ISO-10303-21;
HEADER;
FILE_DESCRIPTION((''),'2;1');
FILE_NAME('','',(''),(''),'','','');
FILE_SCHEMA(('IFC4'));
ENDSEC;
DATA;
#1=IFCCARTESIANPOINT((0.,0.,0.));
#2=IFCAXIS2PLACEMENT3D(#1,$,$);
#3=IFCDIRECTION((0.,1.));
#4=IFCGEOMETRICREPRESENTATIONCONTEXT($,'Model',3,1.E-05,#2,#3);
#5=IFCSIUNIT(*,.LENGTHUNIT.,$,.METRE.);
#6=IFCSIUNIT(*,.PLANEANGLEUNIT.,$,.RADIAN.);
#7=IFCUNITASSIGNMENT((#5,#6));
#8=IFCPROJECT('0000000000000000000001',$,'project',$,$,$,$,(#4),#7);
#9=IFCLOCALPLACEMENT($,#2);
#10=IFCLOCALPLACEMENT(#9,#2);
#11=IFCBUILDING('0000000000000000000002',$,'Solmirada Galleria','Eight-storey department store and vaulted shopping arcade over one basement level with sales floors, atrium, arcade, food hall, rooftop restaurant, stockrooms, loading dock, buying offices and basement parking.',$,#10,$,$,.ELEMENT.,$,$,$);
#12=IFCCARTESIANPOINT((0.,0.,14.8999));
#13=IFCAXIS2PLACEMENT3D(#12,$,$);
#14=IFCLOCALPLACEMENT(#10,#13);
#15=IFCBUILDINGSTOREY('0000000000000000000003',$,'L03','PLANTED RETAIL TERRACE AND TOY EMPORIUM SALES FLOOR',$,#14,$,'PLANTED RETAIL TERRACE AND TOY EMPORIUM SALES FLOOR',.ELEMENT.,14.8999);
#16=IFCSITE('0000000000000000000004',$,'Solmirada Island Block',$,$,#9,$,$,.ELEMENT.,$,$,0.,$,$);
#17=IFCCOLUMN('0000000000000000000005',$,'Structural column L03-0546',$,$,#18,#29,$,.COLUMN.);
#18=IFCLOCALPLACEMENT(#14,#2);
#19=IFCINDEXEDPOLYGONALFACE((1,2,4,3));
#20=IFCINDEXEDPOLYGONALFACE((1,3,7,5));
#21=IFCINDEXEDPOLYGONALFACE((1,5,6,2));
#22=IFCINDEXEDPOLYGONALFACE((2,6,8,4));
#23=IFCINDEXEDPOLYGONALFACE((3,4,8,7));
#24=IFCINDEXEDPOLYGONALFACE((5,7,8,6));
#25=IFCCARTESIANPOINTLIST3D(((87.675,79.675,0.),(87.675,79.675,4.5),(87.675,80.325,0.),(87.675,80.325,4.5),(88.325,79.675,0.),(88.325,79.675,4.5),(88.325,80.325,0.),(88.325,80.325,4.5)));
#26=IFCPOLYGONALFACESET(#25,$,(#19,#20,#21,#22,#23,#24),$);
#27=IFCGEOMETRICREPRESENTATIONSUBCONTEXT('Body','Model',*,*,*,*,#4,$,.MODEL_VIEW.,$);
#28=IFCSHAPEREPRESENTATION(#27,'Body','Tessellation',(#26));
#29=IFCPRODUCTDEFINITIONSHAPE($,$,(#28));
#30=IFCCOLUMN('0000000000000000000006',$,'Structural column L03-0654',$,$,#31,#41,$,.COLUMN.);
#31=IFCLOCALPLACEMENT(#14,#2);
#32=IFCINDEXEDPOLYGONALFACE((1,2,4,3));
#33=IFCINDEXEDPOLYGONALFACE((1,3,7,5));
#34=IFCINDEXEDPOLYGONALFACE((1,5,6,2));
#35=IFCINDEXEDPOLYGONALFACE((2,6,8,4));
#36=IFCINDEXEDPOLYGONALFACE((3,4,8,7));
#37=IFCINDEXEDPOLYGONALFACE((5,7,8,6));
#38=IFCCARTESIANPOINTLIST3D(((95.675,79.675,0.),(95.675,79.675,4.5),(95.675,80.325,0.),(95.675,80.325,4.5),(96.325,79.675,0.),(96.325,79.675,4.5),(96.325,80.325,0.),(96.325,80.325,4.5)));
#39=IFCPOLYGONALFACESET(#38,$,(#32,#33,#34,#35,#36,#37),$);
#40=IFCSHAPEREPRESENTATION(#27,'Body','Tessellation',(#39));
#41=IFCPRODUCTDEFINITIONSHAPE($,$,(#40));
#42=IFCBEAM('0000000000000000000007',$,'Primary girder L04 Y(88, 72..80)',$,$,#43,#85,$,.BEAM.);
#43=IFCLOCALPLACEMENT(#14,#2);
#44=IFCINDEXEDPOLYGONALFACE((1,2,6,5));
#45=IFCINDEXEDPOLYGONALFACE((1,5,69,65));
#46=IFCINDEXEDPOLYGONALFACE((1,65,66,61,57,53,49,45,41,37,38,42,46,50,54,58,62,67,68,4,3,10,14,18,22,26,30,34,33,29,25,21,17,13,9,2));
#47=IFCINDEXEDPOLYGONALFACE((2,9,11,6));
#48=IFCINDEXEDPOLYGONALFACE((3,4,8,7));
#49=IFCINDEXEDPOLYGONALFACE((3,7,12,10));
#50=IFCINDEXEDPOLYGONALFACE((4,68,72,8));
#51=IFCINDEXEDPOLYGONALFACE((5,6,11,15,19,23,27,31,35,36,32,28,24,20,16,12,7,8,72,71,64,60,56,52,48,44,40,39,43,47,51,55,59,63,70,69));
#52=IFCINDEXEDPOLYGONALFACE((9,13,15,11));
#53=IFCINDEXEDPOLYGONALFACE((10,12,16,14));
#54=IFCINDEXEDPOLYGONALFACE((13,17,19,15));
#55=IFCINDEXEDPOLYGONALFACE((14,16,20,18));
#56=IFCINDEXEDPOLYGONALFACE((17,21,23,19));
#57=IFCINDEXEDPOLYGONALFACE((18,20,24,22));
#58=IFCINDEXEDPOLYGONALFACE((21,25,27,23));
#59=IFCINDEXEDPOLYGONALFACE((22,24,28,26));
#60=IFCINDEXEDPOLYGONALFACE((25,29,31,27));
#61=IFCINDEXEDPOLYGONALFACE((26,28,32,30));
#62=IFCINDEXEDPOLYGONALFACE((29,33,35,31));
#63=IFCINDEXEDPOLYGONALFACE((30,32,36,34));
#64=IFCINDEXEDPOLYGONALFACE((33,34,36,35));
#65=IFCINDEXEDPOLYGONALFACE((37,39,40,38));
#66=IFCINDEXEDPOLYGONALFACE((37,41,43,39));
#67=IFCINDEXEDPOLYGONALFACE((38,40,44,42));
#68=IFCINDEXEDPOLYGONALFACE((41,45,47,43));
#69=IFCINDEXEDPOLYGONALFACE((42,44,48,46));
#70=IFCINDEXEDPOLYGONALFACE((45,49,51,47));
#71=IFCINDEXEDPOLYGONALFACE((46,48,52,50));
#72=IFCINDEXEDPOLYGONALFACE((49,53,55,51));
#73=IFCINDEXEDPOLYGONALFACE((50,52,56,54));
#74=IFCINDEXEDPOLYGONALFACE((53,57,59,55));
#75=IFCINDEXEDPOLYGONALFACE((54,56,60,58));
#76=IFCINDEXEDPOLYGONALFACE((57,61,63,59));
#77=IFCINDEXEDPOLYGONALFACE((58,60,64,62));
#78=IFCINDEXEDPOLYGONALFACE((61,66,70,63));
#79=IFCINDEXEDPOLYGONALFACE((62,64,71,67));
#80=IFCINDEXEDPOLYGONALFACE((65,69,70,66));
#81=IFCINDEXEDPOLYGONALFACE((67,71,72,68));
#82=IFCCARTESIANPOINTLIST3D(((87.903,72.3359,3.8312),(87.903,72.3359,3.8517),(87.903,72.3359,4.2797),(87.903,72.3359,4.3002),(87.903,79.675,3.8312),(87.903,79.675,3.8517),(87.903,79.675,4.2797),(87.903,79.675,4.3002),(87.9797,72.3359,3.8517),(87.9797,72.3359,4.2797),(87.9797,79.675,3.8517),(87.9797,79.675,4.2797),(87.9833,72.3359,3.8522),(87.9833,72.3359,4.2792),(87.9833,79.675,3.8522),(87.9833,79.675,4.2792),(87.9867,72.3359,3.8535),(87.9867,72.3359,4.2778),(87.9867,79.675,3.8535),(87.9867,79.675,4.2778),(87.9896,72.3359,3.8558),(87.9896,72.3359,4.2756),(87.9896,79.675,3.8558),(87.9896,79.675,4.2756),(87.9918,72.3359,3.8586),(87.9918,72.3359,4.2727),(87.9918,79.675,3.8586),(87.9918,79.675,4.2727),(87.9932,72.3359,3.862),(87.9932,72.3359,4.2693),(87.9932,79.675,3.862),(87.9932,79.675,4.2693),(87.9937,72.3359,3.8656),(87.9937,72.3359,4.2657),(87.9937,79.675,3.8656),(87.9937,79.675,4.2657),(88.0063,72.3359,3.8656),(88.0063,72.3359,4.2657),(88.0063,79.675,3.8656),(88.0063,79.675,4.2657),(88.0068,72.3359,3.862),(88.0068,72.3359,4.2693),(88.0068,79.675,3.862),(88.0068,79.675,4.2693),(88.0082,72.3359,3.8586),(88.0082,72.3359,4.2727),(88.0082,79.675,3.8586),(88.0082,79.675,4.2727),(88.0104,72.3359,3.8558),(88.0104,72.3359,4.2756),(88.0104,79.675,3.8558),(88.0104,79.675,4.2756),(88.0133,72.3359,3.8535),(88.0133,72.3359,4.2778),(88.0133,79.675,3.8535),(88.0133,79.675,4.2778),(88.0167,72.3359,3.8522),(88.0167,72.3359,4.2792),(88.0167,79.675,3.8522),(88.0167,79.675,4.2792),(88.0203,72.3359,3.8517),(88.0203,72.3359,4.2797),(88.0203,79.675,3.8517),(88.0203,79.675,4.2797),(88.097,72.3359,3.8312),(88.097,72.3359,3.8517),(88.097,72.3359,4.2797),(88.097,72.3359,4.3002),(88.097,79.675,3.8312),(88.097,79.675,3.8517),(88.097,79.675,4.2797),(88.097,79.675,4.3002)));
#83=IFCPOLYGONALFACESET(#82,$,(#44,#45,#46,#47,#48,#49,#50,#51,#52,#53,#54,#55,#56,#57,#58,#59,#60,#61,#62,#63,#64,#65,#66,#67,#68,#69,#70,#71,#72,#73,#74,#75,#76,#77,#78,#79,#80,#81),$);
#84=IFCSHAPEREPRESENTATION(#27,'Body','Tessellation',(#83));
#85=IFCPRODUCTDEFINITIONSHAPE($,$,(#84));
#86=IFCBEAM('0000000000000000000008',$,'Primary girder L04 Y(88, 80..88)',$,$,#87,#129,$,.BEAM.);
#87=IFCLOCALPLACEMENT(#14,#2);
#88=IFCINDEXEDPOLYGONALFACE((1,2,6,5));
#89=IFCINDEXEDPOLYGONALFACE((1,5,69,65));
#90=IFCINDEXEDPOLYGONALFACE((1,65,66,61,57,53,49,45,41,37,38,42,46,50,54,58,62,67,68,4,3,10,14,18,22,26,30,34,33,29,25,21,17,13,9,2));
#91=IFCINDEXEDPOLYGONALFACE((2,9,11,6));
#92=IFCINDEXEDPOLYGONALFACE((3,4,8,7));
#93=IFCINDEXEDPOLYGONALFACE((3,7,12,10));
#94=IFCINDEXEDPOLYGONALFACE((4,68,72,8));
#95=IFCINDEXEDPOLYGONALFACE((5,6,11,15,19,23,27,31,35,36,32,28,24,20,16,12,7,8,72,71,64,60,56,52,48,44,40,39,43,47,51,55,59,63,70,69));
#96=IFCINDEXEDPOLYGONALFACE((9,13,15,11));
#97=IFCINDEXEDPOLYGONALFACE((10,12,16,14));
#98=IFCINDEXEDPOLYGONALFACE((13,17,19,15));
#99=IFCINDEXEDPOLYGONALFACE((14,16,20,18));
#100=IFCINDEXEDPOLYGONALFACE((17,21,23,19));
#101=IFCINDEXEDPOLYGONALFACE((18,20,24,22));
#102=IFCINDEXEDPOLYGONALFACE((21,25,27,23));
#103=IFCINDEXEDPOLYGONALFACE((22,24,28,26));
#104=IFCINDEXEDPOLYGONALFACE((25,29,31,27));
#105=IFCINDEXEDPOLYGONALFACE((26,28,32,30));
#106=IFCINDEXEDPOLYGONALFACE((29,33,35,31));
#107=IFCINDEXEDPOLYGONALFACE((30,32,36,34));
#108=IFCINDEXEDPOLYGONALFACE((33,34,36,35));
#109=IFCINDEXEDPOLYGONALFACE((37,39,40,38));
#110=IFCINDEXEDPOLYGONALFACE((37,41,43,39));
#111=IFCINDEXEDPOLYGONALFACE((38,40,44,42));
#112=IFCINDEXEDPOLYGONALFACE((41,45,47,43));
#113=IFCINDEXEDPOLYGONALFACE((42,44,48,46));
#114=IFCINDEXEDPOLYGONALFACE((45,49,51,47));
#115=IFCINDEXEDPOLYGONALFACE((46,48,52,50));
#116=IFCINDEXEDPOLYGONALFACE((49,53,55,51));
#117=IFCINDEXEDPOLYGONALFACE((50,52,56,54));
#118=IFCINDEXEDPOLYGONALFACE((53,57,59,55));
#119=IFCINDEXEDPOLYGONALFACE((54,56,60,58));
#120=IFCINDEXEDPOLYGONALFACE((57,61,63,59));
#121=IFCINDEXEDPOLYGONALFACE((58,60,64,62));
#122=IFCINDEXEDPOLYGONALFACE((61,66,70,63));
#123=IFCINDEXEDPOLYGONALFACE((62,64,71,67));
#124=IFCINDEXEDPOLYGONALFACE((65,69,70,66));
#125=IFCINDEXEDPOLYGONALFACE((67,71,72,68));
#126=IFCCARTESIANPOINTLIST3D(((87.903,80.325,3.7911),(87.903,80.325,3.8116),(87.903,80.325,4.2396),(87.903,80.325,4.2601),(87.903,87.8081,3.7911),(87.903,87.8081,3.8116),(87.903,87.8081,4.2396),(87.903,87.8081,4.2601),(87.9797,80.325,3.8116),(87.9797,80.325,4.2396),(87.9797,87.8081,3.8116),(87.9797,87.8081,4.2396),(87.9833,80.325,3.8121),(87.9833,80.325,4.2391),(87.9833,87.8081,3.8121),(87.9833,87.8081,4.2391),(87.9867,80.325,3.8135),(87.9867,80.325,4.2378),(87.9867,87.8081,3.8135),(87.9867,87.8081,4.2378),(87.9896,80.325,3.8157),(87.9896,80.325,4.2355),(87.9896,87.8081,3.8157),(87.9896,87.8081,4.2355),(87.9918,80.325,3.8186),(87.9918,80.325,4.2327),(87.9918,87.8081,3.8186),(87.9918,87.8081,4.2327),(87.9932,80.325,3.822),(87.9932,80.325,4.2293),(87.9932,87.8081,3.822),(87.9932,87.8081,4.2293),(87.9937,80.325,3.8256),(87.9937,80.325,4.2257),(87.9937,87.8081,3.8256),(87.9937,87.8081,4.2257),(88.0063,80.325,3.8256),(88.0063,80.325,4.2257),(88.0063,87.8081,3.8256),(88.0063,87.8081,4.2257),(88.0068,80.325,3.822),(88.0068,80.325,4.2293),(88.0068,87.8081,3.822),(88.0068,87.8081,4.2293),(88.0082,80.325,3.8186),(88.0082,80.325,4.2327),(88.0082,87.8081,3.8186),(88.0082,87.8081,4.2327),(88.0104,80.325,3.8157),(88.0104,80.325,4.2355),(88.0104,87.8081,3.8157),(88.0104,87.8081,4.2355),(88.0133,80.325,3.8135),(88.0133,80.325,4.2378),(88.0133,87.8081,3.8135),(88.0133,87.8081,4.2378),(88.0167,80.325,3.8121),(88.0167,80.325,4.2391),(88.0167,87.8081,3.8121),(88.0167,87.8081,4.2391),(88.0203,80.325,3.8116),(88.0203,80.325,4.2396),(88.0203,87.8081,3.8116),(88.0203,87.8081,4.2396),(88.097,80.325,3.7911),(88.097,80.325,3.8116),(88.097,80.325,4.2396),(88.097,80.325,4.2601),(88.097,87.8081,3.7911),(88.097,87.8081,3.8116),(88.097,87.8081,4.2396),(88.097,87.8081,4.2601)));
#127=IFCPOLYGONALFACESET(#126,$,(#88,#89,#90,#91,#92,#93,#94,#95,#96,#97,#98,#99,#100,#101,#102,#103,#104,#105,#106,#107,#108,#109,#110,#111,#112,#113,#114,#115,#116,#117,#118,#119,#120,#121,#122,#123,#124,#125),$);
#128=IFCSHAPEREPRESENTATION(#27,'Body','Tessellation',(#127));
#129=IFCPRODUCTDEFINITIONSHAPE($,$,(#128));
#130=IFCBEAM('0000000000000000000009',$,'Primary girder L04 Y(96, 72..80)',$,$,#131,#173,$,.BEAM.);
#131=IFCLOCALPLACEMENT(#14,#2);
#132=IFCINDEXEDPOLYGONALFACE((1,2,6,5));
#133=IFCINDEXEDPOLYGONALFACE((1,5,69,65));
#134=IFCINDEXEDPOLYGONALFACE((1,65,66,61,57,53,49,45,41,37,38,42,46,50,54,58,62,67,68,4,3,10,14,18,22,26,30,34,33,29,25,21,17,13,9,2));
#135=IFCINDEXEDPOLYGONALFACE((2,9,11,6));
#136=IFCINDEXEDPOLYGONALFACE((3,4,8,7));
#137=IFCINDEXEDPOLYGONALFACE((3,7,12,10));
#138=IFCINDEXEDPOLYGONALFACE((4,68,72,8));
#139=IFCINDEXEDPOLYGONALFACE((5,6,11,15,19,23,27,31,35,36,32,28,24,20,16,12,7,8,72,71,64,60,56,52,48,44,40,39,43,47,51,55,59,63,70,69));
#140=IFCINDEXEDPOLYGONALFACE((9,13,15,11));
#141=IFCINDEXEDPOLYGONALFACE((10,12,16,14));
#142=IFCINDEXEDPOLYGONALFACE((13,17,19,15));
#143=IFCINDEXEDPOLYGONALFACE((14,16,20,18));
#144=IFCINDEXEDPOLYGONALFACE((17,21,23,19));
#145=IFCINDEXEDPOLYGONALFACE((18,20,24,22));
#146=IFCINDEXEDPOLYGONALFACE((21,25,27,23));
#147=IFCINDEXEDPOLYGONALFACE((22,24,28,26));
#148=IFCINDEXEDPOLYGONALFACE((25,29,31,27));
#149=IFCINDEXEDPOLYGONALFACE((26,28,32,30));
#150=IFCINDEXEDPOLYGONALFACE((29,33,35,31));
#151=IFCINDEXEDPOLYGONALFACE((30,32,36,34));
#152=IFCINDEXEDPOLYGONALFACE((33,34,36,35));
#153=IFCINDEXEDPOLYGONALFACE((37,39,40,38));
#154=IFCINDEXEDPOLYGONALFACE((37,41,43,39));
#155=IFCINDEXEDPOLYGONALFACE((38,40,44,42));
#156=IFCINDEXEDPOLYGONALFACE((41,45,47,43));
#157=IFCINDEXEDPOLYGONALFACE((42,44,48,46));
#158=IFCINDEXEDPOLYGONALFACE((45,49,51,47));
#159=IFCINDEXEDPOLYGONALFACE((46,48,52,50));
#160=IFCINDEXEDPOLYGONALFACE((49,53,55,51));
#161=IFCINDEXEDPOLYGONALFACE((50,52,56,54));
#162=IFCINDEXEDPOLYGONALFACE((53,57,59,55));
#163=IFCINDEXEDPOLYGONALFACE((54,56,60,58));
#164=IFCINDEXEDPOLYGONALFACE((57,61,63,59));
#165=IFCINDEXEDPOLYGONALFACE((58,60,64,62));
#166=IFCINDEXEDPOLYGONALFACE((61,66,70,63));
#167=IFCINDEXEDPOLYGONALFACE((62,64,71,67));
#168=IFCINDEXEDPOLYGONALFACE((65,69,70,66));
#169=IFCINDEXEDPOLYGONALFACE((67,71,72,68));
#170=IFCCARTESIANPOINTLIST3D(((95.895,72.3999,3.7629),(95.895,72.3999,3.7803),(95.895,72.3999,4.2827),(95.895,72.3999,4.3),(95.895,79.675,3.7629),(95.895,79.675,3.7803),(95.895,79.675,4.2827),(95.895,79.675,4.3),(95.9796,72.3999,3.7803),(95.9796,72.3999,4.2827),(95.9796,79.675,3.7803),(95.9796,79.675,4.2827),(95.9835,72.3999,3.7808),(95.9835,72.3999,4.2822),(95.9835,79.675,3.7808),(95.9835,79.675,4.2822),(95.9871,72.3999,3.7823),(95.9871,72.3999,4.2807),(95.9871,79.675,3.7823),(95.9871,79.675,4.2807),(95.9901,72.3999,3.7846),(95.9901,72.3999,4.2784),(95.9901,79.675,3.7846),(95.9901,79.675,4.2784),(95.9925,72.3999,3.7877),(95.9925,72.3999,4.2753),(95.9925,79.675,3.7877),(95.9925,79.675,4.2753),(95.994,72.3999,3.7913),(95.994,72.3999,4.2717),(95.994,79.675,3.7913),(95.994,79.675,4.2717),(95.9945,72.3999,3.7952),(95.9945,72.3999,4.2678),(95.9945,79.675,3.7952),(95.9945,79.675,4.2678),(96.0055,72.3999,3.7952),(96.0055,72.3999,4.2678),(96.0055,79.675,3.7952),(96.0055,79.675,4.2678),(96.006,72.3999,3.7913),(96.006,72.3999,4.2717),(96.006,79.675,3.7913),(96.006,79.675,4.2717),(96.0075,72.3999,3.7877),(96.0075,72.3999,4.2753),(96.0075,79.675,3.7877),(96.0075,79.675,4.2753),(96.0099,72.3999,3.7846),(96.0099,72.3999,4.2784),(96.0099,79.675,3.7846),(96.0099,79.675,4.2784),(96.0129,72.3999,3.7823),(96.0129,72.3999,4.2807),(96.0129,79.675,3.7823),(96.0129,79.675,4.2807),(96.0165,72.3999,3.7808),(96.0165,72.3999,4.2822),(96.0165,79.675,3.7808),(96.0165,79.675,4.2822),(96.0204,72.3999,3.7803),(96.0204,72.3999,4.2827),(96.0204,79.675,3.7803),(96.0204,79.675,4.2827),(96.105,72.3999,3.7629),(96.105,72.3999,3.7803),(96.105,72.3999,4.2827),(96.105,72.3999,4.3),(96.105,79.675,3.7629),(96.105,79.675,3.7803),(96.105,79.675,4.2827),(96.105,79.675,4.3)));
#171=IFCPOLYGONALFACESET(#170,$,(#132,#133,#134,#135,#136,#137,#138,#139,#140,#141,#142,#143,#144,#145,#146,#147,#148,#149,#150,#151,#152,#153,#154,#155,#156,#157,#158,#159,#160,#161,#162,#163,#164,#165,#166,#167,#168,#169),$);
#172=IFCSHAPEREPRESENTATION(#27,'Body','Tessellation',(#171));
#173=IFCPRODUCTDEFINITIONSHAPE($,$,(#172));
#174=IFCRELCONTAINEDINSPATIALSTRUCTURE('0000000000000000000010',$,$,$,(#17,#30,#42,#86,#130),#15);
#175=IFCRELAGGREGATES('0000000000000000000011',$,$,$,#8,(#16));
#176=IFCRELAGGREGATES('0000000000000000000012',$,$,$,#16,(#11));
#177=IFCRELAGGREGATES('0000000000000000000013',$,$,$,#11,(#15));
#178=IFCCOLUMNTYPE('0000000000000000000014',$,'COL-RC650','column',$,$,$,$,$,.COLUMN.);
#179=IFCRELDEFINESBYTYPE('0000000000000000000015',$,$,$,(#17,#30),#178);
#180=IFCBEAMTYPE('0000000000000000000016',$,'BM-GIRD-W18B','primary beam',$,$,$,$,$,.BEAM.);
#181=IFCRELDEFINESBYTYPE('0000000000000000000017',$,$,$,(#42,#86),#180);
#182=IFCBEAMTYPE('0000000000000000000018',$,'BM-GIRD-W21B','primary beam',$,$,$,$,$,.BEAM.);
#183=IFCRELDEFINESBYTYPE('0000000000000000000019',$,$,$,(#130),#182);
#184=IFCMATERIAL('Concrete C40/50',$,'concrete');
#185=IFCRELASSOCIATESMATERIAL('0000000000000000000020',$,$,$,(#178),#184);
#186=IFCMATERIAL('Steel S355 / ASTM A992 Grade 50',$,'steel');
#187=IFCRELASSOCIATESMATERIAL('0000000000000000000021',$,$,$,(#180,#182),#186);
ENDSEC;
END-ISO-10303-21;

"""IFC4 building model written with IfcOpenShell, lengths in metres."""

from ifc_helpers import new_model, si_unit, direction, frame, origin, origin_2d, place, context, subcontext, project, spatial, rectangle, i_section, extrude, material, material_profile, profile_set, type_object, element, save


model = new_model("IFC4")

# Units and contexts
model_context = context("Model", 3, precision=1e-05, world=origin(), true_north=direction((0.0, 1.0)))
body_context = subcontext(model_context, "Body", "Model", "MODEL_VIEW")
ifc_project = project(units=[si_unit("LENGTHUNIT", "METRE"), si_unit("PLANEANGLEUNIT", "RADIAN")], contexts=[model_context])

# Site, building, storey
site_placement = place(None, origin())
site = spatial("IfcSite", under=ifc_project, at=site_placement, Name="Solmirada Island Block", CompositionType="ELEMENT", RefElevation=0.0)
building_placement = place(site_placement, origin())
building = spatial("IfcBuilding", under=site, at=building_placement, Name="Solmirada Galleria", Description="Eight-storey department store and vaulted shopping arcade over one basement level with sales floors, atrium, arcade, food hall, rooftop restaurant, stockrooms, loading dock, buying offices and basement parking.", CompositionType="ELEMENT")
storey_placement = place(building_placement, frame((0.0, 0.0, 14.8999)))
storey = spatial("IfcBuildingStorey", under=building, at=storey_placement, Name="L03", Description="PLANTED RETAIL TERRACE AND TOY EMPORIUM SALES FLOOR", LongName="PLANTED RETAIL TERRACE AND TOY EMPORIUM SALES FLOOR", CompositionType="ELEMENT", Elevation=14.8999)

# Columns
ifc_material_1 = material(Name="Concrete C40/50", Category="concrete")
ifc_material_profile_1 = material_profile(ifc_material_1, rectangle(XDim=0.6499, YDim=0.6499, at=origin_2d()), Name="RC650X650")
ifc_profile_set_1 = profile_set([ifc_material_profile_1], Name="Concrete C40/50")
column_type = type_object("IfcColumnType", Name="COL-RC650", Description="column", PredefinedType="COLUMN", material=ifc_profile_set_1)
for number, where, z_axis, x_axis, name in (
    (1, (88.0, 80.0, 0.0), (0.0, 0.0, 1.0), (1.0, 0.0, 0.0), "Structural column L03-0546"),
    (2, (96.0, 80.0, 0.0), (0.0, 0.0, 1.0), (1.0, 0.0, 0.0), "Structural column L03-0654"),
):
    element("IfcColumn", number, at=place(storey_placement, frame(where, z_axis=z_axis, x_axis=x_axis)), inside=storey, type_object=column_type, Name=name, PredefinedType="COLUMN", context=body_context, shape_type="SweptSolid", body=[
        extrude(rectangle(XDim=0.6499, YDim=0.6499, at=origin_2d()), origin(), (0.0, 0.0, 1.0), 4.5),
    ])

# Beams
ifc_material_2 = material(Name="Steel S355 / ASTM A992 Grade 50", Category="steel")
ifc_material_profile_2 = material_profile(ifc_material_2, i_section(OverallWidth=0.1941, OverallDepth=0.469, WebThickness=0.0127, FlangeThickness=0.0205, FilletRadius=0.0139, at=origin_2d()), Name="W18X71")
ifc_profile_set_2 = profile_set([ifc_material_profile_2], Name="Steel S355 / ASTM A992 Grade 50")
beam_type_1 = type_object("IfcBeamType", Name="BM-GIRD-W18B", Description="primary beam", PredefinedType="BEAM", material=ifc_profile_set_2)
beam_1_placement = place(storey_placement, frame((88.0, 72.3359, 4.0657), z_axis=(0.0, 1.0, 0.0), x_axis=(-1.0, 0.0, 0.0)))
element("IfcBeam", 3, at=beam_1_placement, inside=storey, type_object=beam_type_1, Name="Primary girder L04 Y(88, 72..80)", PredefinedType="BEAM", context=body_context, shape_type="SweptSolid", body=[
    extrude(i_section(OverallWidth=0.1941, OverallDepth=0.469, WebThickness=0.0127, FlangeThickness=0.0205, FilletRadius=0.0139, at=origin_2d()), origin(), (0.0, 0.0, 1.0), 7.3391),
])
beam_2_placement = place(storey_placement, frame((88.0, 80.325, 4.0256), z_axis=(0.0, 1.0, 0.0), x_axis=(-1.0, 0.0, 0.0)))
element("IfcBeam", 4, at=beam_2_placement, inside=storey, type_object=beam_type_1, Name="Primary girder L04 Y(88, 80..88)", PredefinedType="BEAM", context=body_context, shape_type="SweptSolid", body=[
    extrude(i_section(OverallWidth=0.1941, OverallDepth=0.469, WebThickness=0.0127, FlangeThickness=0.0205, FilletRadius=0.0139, at=origin_2d()), origin(), (0.0, 0.0, 1.0), 7.4832),
])
ifc_material_profile_3 = material_profile(ifc_material_2, i_section(OverallWidth=0.21, OverallDepth=0.5371, WebThickness=0.011, FlangeThickness=0.0173, FilletRadius=0.0149, at=origin_2d()), Name="W21X68")
ifc_profile_set_3 = profile_set([ifc_material_profile_3], Name="Steel S355 / ASTM A992 Grade 50")
beam_type_2 = type_object("IfcBeamType", Name="BM-GIRD-W21B", Description="primary beam", PredefinedType="BEAM", material=ifc_profile_set_3)
beam_3_placement = place(storey_placement, frame((96.0, 72.3999, 4.0315), z_axis=(0.0, 1.0, 0.0), x_axis=(-1.0, 0.0, 0.0)))
element("IfcBeam", 5, at=beam_3_placement, inside=storey, type_object=beam_type_2, Name="Primary girder L04 Y(96, 72..80)", PredefinedType="BEAM", context=body_context, shape_type="SweptSolid", body=[
    extrude(i_section(OverallWidth=0.21, OverallDepth=0.5371, WebThickness=0.011, FlangeThickness=0.0173, FilletRadius=0.0149, at=origin_2d()), origin(), (0.0, 0.0, 1.0), 7.2751),
])

save(model, "model.ifc")
